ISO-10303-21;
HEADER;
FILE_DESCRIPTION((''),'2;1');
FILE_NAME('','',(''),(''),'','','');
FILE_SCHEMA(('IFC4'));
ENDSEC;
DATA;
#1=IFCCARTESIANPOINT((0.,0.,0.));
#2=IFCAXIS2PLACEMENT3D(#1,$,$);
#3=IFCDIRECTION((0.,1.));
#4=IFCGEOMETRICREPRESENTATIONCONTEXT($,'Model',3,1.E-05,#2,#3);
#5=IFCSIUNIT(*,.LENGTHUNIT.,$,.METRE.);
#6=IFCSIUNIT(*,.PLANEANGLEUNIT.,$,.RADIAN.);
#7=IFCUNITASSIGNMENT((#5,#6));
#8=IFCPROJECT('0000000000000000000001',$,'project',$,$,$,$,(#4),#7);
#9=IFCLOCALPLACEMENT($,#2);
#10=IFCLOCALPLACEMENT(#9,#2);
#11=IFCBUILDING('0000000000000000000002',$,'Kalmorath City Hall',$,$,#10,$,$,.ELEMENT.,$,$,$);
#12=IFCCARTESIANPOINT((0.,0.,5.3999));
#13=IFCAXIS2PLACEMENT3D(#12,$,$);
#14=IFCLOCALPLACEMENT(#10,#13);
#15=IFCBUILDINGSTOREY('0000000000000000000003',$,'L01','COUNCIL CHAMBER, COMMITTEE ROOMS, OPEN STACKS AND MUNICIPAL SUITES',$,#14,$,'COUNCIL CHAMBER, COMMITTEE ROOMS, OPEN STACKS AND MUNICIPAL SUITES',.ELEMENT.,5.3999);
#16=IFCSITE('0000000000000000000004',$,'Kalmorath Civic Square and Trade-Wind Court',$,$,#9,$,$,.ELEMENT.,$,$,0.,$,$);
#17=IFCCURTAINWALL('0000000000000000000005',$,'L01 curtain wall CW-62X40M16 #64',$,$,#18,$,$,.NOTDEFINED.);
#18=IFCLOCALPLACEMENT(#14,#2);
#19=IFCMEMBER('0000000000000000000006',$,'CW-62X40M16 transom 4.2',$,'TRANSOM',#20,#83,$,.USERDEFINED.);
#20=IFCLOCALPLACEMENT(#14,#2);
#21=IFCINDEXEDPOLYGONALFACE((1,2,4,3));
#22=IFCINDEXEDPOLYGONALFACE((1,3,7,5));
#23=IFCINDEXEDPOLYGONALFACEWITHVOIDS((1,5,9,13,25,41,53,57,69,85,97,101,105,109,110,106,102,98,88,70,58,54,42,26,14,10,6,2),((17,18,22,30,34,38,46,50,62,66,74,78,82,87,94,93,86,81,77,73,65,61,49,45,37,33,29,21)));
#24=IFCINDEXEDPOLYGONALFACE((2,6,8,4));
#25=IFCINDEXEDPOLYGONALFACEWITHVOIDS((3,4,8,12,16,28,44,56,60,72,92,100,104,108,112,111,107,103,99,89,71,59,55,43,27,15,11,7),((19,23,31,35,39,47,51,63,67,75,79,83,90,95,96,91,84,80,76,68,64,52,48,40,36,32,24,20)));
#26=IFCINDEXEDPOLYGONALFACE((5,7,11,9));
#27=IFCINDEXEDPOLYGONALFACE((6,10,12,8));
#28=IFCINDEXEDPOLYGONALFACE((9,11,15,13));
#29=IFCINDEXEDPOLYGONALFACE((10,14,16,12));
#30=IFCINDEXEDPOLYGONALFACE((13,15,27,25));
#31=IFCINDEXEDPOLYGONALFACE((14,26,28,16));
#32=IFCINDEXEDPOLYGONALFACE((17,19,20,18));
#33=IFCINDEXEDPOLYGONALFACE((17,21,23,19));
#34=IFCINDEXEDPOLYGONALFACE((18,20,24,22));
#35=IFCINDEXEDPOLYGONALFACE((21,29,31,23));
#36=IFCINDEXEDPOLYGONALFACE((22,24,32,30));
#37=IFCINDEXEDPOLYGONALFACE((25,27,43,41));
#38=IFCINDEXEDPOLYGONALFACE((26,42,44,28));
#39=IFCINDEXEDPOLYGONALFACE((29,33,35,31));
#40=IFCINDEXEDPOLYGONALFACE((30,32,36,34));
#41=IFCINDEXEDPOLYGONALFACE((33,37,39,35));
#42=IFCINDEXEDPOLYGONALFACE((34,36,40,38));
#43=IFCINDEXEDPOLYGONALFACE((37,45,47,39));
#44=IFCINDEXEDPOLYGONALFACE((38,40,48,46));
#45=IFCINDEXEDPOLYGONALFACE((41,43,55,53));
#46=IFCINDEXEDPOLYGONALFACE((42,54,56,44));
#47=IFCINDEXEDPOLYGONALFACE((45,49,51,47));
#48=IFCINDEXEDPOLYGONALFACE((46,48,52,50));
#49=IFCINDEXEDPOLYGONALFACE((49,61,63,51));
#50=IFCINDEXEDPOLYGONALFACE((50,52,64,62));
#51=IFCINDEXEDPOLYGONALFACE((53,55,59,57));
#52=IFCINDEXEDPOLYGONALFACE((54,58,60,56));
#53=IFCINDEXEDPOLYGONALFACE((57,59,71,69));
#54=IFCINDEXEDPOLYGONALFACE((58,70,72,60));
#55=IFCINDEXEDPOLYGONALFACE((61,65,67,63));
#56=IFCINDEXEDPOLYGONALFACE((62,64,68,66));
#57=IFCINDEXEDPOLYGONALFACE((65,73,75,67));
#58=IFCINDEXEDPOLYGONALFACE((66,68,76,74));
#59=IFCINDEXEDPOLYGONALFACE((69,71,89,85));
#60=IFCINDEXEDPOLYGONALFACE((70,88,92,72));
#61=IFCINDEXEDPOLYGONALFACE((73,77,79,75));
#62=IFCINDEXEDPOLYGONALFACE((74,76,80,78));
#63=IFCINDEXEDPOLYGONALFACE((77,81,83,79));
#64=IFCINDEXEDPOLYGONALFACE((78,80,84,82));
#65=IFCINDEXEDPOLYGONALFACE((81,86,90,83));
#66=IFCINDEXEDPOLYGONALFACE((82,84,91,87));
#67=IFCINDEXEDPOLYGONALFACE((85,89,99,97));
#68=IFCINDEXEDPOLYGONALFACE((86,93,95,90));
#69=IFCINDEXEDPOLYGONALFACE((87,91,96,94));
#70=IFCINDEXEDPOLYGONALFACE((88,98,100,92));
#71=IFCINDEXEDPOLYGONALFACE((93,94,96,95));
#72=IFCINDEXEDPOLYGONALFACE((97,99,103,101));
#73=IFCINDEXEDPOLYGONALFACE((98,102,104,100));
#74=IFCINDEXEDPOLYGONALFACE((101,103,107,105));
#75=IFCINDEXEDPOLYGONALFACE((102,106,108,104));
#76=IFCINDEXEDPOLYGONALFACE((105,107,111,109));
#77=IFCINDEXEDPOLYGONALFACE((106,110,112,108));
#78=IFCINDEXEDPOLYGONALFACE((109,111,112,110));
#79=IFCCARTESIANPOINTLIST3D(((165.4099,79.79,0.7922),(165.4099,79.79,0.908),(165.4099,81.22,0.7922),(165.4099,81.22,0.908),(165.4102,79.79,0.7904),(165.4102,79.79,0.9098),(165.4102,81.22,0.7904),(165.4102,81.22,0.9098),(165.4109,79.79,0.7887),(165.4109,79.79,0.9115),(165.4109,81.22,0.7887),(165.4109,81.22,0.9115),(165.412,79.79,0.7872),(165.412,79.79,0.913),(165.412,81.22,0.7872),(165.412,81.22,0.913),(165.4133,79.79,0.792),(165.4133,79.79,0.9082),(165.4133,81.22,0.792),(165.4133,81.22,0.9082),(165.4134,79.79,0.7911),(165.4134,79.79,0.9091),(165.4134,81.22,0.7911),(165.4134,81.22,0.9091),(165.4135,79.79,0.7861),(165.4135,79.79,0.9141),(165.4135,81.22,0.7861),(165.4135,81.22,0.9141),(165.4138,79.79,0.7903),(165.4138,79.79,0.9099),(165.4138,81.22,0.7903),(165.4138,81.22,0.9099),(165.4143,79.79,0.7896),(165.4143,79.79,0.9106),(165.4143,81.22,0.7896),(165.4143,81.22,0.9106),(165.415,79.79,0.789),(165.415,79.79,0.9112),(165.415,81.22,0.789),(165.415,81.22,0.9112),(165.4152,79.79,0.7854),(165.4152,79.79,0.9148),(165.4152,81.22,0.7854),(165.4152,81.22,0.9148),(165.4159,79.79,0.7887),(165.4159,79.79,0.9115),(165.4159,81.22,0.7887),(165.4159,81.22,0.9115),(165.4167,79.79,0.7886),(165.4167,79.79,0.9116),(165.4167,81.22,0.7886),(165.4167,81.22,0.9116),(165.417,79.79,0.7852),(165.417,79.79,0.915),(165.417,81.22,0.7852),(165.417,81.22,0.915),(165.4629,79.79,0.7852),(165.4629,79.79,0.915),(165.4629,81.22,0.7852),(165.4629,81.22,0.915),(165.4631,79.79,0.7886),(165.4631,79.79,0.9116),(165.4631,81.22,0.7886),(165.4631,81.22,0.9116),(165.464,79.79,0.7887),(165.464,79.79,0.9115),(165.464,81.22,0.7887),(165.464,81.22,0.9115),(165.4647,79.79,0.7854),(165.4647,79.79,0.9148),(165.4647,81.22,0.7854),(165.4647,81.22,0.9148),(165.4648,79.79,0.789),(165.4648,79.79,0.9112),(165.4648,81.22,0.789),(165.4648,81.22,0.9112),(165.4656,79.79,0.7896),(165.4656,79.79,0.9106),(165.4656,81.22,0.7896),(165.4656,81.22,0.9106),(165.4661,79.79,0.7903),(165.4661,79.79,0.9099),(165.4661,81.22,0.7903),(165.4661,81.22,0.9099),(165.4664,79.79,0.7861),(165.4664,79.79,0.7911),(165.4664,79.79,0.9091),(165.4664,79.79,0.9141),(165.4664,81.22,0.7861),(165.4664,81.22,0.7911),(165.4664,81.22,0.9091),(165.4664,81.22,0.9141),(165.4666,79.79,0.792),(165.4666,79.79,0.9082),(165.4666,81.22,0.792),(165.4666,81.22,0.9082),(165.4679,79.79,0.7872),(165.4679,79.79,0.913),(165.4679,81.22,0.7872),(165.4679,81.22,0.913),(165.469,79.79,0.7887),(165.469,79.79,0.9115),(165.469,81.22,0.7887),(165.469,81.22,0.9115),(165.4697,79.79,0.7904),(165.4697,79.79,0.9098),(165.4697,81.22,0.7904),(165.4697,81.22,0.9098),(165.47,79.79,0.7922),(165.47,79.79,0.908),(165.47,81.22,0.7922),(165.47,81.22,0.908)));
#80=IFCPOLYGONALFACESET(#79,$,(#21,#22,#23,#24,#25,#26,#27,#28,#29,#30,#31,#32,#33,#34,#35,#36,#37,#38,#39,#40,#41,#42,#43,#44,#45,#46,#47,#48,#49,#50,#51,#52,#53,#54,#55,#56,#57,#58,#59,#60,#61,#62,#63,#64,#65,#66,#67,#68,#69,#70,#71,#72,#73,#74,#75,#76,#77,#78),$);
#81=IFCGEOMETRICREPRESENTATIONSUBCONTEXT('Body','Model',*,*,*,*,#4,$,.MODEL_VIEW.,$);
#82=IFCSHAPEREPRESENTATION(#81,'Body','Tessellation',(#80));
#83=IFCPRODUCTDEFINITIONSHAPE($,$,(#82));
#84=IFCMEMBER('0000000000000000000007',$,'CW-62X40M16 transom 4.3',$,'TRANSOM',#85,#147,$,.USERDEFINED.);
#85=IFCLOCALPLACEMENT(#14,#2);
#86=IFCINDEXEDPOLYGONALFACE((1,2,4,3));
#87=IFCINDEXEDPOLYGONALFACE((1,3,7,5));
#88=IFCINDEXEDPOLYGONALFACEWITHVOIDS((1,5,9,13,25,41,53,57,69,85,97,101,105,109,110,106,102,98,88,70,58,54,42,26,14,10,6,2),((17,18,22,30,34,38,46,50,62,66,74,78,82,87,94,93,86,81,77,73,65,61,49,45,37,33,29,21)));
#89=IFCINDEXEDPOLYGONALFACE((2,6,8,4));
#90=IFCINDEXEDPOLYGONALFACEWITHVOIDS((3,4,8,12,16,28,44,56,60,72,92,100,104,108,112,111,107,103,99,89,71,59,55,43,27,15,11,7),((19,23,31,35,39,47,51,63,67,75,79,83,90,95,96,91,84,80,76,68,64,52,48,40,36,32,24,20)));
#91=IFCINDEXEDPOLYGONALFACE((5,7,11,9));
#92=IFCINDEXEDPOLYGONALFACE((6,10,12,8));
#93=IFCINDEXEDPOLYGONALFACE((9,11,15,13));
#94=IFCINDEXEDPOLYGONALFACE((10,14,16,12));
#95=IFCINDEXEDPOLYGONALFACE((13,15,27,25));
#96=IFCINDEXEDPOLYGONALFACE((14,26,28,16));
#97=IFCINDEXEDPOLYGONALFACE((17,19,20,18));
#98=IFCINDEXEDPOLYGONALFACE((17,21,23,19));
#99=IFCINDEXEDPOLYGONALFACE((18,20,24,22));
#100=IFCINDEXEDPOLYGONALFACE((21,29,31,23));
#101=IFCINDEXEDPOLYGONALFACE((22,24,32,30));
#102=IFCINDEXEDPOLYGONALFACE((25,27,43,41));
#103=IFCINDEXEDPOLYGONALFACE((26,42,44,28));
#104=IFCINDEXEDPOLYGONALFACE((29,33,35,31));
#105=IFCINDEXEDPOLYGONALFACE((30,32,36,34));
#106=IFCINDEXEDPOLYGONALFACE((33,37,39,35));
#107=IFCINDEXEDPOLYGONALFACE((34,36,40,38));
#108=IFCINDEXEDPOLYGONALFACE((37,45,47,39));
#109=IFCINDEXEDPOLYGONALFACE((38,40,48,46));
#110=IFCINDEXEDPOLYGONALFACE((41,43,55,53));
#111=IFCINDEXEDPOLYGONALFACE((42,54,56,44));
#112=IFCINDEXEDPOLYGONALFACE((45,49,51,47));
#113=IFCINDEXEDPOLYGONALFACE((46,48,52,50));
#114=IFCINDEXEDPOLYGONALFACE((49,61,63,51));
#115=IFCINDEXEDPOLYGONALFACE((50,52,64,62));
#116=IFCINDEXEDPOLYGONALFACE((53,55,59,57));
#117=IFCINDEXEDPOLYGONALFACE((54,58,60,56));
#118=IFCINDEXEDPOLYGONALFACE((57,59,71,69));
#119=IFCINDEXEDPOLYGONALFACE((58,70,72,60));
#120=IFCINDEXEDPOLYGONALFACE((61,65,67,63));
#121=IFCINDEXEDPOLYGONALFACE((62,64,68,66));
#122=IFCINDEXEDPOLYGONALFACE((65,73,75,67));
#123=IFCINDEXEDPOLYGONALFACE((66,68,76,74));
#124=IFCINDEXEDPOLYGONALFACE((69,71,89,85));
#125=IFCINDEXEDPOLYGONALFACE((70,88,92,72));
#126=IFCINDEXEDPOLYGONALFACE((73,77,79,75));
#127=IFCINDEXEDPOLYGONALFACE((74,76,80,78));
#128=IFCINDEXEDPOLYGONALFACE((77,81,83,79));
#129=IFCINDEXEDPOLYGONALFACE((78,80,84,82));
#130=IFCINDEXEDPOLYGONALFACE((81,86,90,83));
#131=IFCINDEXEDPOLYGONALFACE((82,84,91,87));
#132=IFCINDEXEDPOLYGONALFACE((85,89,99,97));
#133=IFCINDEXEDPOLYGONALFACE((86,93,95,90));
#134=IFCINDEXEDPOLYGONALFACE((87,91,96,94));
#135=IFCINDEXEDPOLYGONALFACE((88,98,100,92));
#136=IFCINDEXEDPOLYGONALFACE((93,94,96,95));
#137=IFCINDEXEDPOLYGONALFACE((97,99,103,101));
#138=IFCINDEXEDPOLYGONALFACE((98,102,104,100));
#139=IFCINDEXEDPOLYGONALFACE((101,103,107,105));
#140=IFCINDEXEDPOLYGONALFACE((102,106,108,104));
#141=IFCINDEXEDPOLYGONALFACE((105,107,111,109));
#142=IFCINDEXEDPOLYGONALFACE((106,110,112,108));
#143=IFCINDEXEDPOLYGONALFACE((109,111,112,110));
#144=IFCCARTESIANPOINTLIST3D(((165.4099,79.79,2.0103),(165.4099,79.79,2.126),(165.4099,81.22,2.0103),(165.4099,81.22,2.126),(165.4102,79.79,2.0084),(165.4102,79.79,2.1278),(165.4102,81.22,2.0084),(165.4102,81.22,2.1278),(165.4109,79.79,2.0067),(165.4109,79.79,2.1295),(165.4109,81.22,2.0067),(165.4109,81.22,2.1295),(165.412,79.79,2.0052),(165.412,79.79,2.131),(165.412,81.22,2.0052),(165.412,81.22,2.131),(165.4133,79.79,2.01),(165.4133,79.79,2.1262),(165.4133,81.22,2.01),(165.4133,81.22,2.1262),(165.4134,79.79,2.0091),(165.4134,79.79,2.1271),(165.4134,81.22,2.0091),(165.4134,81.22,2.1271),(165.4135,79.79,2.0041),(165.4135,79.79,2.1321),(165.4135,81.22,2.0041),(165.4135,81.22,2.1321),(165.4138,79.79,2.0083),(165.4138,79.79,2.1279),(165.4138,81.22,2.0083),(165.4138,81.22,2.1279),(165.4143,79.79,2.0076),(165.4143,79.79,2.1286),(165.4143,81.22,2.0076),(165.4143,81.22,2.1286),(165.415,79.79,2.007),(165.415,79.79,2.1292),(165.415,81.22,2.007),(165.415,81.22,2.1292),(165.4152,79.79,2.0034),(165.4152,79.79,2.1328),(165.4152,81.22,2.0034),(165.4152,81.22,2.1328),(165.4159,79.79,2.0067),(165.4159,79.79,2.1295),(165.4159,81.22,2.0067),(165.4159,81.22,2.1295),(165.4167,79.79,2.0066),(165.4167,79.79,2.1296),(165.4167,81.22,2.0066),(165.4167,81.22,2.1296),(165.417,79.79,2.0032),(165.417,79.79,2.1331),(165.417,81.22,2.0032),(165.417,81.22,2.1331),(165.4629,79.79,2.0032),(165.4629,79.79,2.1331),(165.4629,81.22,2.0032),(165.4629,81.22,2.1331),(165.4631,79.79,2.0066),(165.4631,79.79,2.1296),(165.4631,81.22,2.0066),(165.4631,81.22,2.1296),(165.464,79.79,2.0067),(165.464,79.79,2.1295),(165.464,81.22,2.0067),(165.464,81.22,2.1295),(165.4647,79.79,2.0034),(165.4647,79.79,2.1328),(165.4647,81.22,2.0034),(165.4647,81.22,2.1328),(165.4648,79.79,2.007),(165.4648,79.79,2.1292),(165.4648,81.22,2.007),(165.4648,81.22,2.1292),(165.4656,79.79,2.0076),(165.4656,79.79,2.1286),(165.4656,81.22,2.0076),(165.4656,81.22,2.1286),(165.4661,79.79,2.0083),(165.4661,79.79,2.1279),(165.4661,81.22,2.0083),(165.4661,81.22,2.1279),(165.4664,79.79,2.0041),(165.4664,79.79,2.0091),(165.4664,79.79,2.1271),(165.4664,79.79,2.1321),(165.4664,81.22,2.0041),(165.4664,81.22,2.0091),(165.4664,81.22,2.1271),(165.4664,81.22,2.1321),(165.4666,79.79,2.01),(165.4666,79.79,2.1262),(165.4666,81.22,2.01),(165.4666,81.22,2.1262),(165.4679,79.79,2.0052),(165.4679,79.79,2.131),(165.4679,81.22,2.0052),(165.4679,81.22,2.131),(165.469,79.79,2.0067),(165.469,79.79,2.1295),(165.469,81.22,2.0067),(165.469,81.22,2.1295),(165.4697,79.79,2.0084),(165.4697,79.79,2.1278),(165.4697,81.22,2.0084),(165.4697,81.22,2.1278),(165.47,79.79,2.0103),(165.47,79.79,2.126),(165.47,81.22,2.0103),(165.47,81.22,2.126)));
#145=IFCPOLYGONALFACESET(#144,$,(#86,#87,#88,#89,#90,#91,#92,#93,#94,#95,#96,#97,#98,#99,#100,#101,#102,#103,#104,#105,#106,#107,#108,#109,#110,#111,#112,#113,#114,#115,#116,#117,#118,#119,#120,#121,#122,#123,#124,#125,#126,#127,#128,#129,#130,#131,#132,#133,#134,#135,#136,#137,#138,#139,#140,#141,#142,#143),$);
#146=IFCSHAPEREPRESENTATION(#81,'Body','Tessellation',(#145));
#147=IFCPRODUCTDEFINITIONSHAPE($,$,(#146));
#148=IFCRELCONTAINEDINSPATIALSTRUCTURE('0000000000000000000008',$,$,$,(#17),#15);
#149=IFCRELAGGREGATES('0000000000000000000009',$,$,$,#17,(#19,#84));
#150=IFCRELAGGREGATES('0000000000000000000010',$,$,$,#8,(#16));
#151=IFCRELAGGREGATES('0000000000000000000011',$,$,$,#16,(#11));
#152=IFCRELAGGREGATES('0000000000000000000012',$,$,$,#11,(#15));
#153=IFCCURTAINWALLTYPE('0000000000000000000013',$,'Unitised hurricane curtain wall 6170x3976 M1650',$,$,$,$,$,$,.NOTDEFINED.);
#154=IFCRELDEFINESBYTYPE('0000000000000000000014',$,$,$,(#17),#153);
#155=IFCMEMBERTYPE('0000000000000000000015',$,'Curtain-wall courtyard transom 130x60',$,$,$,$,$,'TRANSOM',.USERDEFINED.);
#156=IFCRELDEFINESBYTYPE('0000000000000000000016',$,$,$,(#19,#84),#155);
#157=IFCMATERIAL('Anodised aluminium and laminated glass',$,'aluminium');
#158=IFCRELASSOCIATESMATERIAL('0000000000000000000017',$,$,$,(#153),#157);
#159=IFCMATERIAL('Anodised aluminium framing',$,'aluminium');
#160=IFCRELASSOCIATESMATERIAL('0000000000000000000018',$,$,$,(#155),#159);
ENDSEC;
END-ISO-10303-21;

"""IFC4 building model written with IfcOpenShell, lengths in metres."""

from ifc_helpers import new_model, si_unit, direction, frame, origin, origin_2d, place, context, subcontext, project, spatial, hollow_rectangle, extrude, material, material_profile, profile_set, type_object, element, aggregate, save


model = new_model("IFC4")

# Units and contexts
model_context = context("Model", 3, precision=1e-05, world=origin(), true_north=direction((0.0, 1.0)))
body_context = subcontext(model_context, "Body", "Model", "MODEL_VIEW")
ifc_project = project(units=[si_unit("LENGTHUNIT", "METRE"), si_unit("PLANEANGLEUNIT", "RADIAN")], contexts=[model_context])

# Site, building, storey
site_placement = place(None, origin())
site = spatial("IfcSite", under=ifc_project, at=site_placement, Name="Kalmorath Civic Square and Trade-Wind Court", CompositionType="ELEMENT", RefElevation=0.0)
building_placement = place(site_placement, origin())
building = spatial("IfcBuilding", under=site, at=building_placement, Name="Kalmorath City Hall", CompositionType="ELEMENT")
storey_placement = place(building_placement, frame((0.0, 0.0, 5.3999)))
storey = spatial("IfcBuildingStorey", under=building, at=storey_placement, Name="L01", Description="COUNCIL CHAMBER, COMMITTEE ROOMS, OPEN STACKS AND MUNICIPAL SUITES", LongName="COUNCIL CHAMBER, COMMITTEE ROOMS, OPEN STACKS AND MUNICIPAL SUITES", CompositionType="ELEMENT", Elevation=5.3999)

# Curtain wall, members
ifc_material_1 = material(Name="Anodised aluminium and laminated glass", Category="aluminium")
curtain_wall_type = type_object("IfcCurtainWallType", Name="Unitised hurricane curtain wall 6170x3976 M1650", PredefinedType="NOTDEFINED", material=ifc_material_1)
curtain_wall_1_placement = place(storey_placement, origin())
curtain_wall_1 = element("IfcCurtainWall", 1, at=curtain_wall_1_placement, inside=storey, type_object=curtain_wall_type, Name="L01 curtain wall CW-62X40M16 #64", PredefinedType="NOTDEFINED")
ifc_material_2 = material(Name="Anodised aluminium framing", Category="aluminium")
ifc_material_profile_1 = material_profile(ifc_material_2, hollow_rectangle(XDim=0.0601, YDim=0.1299, WallThickness=0.0034, InnerFilletRadius=0.0034, OuterFilletRadius=0.0071, at=origin_2d()), Name="ALU-TRN-130X60X3.5")
ifc_profile_set_1 = profile_set([ifc_material_profile_1], Name="Anodised aluminium framing")
member_type_1 = type_object("IfcMemberType", Name="Curtain-wall courtyard transom 130x60", ElementType="TRANSOM", PredefinedType="USERDEFINED", material=ifc_profile_set_1)
member_1_placement = place(storey_placement, frame((165.4399, 81.22, 0.8501), z_axis=(0.0, -1.0, 0.0), x_axis=(1.0, 0.0, 0.0)))
member_1 = element("IfcMember", 2, at=member_1_placement, type_object=member_type_1, Name="CW-62X40M16 transom 4.2", ObjectType="TRANSOM", PredefinedType="USERDEFINED", context=body_context, shape_type="SweptSolid", body=[
    extrude(hollow_rectangle(XDim=0.0601, YDim=0.1299, WallThickness=0.0034, InnerFilletRadius=0.0034, OuterFilletRadius=0.0071, at=origin_2d()), origin(), (0.0, 0.0, 1.0), 1.4299),
])
member_2_placement = place(storey_placement, frame((165.4399, 81.22, 2.0681), z_axis=(0.0, -1.0, 0.0), x_axis=(1.0, 0.0, 0.0)))
member_2 = element("IfcMember", 3, at=member_2_placement, type_object=member_type_1, Name="CW-62X40M16 transom 4.3", ObjectType="TRANSOM", PredefinedType="USERDEFINED", context=body_context, shape_type="SweptSolid", body=[
    extrude(hollow_rectangle(XDim=0.0601, YDim=0.1299, WallThickness=0.0034, InnerFilletRadius=0.0034, OuterFilletRadius=0.0071, at=origin_2d()), origin(), (0.0, 0.0, 1.0), 1.4299),
])

aggregate(curtain_wall_1, [member_1, member_2])

save(model, "model.ifc")
